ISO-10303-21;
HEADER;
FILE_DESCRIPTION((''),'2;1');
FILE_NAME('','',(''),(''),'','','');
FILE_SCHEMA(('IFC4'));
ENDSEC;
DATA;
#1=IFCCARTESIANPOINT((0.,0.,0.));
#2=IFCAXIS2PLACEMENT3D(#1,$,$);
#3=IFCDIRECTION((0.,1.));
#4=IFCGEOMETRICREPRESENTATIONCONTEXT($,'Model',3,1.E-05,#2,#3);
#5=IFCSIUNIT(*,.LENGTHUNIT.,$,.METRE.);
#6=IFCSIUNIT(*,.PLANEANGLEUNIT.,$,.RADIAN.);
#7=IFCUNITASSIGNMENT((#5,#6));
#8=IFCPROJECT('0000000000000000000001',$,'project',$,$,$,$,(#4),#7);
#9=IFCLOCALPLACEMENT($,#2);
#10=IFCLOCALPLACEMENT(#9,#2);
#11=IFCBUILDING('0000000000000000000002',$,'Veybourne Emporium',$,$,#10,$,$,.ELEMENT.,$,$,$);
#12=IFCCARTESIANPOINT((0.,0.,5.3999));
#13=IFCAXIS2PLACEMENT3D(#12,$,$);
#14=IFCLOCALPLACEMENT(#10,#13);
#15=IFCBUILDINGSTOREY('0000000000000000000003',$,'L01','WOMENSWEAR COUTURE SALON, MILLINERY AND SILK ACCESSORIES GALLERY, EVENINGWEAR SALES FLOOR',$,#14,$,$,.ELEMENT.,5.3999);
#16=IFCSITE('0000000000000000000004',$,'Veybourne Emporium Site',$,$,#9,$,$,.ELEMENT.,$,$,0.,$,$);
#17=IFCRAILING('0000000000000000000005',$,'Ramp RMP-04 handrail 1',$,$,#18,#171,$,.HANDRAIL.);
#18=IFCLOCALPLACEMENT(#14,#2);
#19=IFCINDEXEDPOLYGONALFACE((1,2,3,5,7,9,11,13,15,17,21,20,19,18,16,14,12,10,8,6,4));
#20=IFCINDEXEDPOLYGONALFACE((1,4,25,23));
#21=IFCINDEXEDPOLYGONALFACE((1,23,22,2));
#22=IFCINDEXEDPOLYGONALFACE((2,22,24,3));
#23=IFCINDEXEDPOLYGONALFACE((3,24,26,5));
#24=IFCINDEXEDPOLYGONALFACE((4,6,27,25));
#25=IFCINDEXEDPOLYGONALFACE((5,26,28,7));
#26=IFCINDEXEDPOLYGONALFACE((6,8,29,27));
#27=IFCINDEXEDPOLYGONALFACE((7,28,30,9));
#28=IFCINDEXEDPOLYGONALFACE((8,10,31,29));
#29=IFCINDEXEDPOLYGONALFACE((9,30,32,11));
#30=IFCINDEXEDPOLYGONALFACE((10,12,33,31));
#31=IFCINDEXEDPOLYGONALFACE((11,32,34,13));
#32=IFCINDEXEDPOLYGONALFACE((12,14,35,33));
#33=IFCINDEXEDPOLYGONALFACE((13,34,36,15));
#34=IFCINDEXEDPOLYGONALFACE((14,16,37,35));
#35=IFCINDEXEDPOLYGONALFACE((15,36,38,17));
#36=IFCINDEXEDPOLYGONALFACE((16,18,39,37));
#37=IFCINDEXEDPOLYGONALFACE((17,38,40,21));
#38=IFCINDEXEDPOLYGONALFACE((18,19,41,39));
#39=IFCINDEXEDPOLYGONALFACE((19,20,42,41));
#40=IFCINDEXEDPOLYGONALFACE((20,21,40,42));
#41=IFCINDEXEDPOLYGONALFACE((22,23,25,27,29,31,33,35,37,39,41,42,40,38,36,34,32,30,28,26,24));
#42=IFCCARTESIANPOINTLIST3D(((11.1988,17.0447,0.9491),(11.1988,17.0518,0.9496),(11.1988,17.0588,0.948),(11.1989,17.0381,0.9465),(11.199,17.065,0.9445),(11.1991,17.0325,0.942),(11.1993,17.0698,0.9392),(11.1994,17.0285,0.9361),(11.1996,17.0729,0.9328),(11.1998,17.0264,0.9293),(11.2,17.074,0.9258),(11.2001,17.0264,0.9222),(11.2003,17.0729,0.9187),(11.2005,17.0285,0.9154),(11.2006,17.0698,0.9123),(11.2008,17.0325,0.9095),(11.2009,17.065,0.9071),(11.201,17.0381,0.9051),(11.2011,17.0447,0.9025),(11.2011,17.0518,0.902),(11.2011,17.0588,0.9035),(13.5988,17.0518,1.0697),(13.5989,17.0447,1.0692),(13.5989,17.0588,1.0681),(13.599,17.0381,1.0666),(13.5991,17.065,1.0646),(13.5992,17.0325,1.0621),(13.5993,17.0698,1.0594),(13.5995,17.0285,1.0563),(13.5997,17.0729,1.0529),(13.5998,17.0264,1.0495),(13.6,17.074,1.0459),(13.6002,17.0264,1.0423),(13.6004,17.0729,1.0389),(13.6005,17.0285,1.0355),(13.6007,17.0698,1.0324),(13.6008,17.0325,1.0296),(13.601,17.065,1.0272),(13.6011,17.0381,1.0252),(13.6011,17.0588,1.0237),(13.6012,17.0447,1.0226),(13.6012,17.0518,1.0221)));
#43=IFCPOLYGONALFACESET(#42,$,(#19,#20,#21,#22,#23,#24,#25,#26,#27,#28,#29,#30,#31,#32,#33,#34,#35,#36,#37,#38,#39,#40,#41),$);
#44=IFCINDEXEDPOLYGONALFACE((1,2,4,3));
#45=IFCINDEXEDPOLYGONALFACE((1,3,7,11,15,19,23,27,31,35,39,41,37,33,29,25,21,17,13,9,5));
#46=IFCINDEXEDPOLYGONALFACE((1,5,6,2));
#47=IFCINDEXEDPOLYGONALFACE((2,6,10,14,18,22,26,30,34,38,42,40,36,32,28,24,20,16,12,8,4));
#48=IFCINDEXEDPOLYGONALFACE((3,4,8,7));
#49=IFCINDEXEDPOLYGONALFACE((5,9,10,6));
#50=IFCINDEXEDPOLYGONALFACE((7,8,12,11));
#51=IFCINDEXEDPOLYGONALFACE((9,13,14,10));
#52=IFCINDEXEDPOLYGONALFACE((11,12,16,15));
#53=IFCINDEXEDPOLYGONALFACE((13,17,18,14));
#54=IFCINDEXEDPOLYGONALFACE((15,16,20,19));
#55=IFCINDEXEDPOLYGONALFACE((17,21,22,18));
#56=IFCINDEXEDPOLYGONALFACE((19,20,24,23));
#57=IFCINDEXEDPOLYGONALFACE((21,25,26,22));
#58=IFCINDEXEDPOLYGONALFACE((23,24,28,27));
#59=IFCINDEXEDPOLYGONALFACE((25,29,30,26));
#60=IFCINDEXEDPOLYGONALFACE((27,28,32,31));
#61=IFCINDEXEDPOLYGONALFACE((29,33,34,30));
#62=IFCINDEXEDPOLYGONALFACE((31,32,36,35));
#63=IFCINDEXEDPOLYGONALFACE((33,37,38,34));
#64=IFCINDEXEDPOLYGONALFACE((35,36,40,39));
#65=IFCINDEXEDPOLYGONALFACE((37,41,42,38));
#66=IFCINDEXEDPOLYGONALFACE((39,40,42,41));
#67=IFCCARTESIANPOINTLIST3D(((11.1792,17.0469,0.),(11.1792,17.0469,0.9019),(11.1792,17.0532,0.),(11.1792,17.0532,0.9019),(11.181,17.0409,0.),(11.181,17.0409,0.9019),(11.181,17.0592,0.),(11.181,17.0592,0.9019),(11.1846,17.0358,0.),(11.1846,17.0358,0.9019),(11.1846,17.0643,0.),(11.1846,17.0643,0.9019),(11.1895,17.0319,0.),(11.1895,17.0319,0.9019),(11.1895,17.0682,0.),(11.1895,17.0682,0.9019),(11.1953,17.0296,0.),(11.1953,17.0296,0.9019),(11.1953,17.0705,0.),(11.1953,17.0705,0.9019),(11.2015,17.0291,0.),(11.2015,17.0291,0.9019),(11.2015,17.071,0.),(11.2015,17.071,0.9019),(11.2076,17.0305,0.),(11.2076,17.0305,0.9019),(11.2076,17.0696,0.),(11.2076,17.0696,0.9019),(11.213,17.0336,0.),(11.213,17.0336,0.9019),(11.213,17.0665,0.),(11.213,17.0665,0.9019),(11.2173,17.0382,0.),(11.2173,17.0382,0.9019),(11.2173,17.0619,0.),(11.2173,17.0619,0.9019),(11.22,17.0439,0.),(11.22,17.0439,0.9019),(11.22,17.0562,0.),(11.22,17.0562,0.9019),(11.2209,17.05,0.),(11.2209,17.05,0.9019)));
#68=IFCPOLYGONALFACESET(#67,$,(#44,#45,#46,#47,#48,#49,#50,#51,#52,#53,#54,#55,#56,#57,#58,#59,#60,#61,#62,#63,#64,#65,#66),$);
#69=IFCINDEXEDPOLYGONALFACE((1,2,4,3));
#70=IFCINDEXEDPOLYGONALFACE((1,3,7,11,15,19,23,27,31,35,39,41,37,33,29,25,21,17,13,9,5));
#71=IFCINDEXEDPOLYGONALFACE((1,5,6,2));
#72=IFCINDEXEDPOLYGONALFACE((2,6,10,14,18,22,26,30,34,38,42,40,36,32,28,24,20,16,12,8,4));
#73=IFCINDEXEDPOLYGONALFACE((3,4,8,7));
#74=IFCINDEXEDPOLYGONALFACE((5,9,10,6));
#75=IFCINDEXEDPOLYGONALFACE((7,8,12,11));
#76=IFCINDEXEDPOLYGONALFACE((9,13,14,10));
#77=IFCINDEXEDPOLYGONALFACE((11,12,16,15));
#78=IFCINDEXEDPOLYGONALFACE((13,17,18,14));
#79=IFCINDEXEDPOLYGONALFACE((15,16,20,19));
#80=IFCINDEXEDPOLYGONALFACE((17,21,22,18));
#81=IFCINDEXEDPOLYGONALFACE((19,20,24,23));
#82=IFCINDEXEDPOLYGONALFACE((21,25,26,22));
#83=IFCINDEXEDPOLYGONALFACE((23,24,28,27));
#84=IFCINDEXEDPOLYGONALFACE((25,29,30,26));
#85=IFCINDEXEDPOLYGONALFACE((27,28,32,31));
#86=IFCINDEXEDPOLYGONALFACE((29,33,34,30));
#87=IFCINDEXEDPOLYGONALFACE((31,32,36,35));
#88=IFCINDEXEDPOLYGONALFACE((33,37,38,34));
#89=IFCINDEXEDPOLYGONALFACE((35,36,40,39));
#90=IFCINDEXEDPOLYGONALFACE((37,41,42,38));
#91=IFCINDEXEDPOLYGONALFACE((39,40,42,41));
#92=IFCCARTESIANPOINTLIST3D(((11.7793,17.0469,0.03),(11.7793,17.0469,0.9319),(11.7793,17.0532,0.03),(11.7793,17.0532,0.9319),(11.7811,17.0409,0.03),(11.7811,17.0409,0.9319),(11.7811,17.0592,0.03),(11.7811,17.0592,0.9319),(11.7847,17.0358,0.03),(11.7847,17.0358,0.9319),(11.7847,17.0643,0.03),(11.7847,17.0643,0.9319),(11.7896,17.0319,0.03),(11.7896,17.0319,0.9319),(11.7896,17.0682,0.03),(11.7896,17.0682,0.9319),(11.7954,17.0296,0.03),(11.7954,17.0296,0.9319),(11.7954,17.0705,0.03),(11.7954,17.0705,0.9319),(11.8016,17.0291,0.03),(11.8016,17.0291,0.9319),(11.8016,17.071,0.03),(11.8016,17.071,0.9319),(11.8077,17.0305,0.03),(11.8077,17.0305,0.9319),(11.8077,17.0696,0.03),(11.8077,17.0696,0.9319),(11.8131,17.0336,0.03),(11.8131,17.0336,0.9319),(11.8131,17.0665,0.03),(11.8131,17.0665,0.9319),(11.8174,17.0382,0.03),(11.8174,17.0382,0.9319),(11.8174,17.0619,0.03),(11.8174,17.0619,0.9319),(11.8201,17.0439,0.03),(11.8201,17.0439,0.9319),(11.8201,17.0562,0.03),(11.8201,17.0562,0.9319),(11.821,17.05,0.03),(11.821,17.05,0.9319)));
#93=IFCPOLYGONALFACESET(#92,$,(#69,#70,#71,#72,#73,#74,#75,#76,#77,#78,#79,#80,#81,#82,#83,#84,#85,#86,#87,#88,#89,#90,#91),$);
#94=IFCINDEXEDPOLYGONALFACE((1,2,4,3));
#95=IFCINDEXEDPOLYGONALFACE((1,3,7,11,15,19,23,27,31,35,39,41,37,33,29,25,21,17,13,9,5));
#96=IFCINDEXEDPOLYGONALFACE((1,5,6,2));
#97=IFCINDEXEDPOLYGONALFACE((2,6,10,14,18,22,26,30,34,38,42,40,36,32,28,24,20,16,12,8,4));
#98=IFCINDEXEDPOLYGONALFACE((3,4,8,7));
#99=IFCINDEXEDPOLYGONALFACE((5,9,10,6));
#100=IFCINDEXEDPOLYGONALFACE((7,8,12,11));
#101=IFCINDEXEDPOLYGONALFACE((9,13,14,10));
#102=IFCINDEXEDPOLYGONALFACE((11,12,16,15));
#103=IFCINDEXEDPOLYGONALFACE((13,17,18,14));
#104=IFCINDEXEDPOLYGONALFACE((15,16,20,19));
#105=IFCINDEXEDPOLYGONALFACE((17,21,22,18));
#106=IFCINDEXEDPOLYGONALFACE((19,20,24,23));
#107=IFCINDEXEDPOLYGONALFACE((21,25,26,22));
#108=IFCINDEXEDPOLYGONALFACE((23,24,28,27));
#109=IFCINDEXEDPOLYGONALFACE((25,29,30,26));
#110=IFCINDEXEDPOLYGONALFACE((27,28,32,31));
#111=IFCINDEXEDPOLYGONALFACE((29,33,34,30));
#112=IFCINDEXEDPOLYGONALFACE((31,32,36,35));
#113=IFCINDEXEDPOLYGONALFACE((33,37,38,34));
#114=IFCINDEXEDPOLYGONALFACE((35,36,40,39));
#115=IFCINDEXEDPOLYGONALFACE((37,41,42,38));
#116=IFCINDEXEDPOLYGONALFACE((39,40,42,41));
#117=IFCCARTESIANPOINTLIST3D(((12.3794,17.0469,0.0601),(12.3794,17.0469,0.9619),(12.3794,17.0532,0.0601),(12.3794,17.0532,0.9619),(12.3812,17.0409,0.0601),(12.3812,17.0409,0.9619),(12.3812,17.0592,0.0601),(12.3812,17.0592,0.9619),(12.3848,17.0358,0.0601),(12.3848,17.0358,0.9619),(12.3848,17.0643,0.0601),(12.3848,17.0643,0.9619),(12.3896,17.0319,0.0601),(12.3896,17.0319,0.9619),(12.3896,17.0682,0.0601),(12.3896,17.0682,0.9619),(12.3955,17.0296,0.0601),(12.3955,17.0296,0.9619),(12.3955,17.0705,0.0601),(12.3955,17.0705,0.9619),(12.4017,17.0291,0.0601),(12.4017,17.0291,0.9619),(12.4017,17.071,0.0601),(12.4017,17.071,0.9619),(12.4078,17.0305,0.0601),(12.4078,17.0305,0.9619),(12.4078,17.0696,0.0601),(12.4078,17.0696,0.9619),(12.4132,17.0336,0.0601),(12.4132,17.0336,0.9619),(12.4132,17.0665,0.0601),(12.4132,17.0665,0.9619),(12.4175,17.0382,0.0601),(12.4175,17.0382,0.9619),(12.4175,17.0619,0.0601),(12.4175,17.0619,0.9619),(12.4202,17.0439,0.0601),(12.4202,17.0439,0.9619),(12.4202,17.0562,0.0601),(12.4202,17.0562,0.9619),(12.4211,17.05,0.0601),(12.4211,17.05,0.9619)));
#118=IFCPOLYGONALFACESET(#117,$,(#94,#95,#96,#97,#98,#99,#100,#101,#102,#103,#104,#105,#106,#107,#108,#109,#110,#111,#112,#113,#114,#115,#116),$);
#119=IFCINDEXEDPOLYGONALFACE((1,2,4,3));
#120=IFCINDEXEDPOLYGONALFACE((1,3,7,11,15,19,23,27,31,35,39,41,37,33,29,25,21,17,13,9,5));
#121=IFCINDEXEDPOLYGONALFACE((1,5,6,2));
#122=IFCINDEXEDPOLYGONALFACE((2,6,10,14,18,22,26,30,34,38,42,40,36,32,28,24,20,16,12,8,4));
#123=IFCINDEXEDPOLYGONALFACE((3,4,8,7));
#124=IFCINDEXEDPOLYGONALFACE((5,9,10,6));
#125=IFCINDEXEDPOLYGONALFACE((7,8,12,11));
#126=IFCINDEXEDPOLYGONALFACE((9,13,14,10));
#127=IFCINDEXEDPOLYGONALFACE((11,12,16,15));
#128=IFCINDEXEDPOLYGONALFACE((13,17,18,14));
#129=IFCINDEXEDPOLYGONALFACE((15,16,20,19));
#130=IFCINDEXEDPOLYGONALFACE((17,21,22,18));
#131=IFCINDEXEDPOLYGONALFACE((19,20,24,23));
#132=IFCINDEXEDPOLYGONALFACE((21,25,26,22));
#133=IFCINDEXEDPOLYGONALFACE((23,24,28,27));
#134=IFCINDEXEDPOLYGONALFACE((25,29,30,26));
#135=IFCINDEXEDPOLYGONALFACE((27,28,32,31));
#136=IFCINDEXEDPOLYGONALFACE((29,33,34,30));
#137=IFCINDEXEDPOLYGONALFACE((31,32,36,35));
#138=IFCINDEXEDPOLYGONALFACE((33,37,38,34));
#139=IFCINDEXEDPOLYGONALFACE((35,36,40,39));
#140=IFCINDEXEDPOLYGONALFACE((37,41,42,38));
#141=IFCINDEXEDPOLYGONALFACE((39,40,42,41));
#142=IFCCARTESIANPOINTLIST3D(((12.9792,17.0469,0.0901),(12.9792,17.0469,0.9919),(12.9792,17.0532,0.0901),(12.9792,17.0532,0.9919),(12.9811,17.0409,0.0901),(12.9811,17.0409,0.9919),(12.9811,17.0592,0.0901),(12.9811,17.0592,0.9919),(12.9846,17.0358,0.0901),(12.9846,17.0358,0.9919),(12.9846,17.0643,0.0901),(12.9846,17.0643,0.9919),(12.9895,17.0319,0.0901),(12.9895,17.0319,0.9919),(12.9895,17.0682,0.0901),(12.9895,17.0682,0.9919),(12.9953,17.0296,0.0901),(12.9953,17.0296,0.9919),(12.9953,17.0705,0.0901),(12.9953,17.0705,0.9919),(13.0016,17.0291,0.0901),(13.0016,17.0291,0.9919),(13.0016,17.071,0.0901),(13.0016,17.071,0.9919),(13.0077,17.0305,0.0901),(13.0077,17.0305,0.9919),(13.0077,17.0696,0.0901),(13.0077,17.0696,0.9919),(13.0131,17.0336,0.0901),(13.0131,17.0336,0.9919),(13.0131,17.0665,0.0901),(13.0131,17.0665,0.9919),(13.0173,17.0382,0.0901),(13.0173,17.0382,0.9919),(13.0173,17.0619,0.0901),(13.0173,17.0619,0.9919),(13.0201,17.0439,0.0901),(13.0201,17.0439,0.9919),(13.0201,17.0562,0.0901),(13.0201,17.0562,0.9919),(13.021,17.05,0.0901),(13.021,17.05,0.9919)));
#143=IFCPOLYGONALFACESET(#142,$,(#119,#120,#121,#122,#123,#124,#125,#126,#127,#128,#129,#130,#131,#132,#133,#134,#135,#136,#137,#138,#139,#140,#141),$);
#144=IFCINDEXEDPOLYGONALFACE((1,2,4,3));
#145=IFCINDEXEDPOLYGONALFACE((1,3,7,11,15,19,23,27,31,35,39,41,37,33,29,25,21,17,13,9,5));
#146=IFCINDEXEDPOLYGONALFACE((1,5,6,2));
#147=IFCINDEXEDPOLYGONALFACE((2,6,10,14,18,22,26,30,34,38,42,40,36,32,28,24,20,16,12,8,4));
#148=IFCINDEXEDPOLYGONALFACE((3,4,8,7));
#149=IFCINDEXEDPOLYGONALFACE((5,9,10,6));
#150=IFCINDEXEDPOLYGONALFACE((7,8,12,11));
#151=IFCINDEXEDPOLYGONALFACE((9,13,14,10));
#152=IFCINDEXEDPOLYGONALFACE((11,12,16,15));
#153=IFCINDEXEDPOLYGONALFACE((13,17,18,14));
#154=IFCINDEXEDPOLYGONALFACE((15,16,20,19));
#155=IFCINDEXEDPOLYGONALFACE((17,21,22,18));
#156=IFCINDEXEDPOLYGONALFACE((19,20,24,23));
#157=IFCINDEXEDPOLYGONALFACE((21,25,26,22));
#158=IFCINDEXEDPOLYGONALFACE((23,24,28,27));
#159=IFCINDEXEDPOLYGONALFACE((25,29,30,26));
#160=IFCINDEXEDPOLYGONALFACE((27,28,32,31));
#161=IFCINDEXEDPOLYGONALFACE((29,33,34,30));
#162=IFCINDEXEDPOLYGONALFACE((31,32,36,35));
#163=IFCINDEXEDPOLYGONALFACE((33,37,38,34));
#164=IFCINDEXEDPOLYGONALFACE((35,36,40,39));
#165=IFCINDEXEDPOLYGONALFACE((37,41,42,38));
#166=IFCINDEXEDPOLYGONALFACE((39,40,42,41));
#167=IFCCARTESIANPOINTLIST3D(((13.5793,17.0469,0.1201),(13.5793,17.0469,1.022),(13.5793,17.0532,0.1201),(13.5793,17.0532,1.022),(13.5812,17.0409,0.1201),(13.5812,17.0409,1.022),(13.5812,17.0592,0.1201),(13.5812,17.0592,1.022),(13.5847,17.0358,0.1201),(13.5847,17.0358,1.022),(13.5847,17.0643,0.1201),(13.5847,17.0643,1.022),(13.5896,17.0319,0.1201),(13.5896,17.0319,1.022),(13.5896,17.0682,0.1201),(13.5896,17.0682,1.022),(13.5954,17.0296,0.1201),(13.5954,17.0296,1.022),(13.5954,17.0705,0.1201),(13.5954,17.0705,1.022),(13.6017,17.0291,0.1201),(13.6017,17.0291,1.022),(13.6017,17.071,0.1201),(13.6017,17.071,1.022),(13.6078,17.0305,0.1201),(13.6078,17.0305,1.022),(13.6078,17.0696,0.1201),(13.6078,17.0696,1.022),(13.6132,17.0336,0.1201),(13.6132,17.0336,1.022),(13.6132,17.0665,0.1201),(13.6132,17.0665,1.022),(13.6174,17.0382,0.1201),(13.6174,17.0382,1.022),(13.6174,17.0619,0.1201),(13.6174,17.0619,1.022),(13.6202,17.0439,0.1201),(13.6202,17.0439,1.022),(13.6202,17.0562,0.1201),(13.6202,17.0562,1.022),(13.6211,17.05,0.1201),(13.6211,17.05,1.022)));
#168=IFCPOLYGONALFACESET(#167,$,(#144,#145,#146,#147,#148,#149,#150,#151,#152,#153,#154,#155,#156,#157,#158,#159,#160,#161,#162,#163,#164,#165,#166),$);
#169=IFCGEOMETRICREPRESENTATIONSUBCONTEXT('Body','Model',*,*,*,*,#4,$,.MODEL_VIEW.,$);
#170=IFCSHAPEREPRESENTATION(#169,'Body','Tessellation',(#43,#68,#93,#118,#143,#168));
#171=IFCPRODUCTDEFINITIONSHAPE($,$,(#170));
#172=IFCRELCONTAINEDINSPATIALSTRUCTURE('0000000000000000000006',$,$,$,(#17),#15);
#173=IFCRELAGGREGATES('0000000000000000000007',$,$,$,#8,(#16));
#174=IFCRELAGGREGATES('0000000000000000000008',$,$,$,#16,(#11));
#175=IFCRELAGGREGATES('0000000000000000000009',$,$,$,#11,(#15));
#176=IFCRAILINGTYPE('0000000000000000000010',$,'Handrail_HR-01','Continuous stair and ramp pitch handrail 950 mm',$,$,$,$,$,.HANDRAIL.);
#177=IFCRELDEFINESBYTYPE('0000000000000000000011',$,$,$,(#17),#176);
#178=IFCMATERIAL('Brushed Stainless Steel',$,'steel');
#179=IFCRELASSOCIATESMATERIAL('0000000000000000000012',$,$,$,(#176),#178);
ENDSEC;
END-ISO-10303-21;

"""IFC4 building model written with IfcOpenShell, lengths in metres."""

from ifc_helpers import new_model, si_unit, direction, frame, origin, origin_2d, place, context, subcontext, project, spatial, circle, extrude, material, type_object, element, save


model = new_model("IFC4")

# Units and contexts
model_context = context("Model", 3, precision=1e-05, world=origin(), true_north=direction((0.0, 1.0)))
body_context = subcontext(model_context, "Body", "Model", "MODEL_VIEW")
ifc_project = project(units=[si_unit("LENGTHUNIT", "METRE"), si_unit("PLANEANGLEUNIT", "RADIAN")], contexts=[model_context])

# Site, building, storey
site_placement = place(None, origin())
site = spatial("IfcSite", under=ifc_project, at=site_placement, Name="Veybourne Emporium Site", CompositionType="ELEMENT", RefElevation=0.0)
building_placement = place(site_placement, origin())
building = spatial("IfcBuilding", under=site, at=building_placement, Name="Veybourne Emporium", CompositionType="ELEMENT")
storey_placement = place(building_placement, frame((0.0, 0.0, 5.3999)))
storey = spatial("IfcBuildingStorey", under=building, at=storey_placement, Name="L01", Description="WOMENSWEAR COUTURE SALON, MILLINERY AND SILK ACCESSORIES GALLERY, EVENINGWEAR SALES FLOOR", CompositionType="ELEMENT", Elevation=5.3999)

# Railing
ifc_material_1 = material(Name="Brushed Stainless Steel", Category="steel")
railing_type = type_object("IfcRailingType", Name="Handrail_HR-01", Description="Continuous stair and ramp pitch handrail 950 mm", PredefinedType="HANDRAIL", material=ifc_material_1)
for number, where, name in (
    (1, (11.2, 17.05, 0.0), "Ramp RMP-04 handrail 1"),
):
    element("IfcRailing", number, at=place(storey_placement, frame(where)), inside=storey, type_object=railing_type, Name=name, PredefinedType="HANDRAIL", context=body_context, shape_type="SweptSolid", body=[
        extrude(circle(Radius=0.0239, at=origin_2d()), frame((0.0, 0.0, 0.9258), z_axis=(0.99875, 0.0, 0.049983), x_axis=(0.0, 1.0, 0.0)), (0.0, 0.0, 1.0), 2.4031),
        extrude(circle(Radius=0.021, at=origin_2d()), origin(), (0.0, 0.0, 1.0), 0.9019),
        extrude(circle(Radius=0.021, at=origin_2d()), frame((0.6001, 0.0, 0.03)), (0.0, 0.0, 1.0), 0.9019),
        extrude(circle(Radius=0.021, at=origin_2d()), frame((1.2002, 0.0, 0.0601)), (0.0, 0.0, 1.0), 0.9019),
        extrude(circle(Radius=0.021, at=origin_2d()), frame((1.8, 0.0, 0.0901)), (0.0, 0.0, 1.0), 0.9019),
        extrude(circle(Radius=0.021, at=origin_2d()), frame((2.4001, 0.0, 0.1201)), (0.0, 0.0, 1.0), 0.9019),
    ])

save(model, "model.ifc")
